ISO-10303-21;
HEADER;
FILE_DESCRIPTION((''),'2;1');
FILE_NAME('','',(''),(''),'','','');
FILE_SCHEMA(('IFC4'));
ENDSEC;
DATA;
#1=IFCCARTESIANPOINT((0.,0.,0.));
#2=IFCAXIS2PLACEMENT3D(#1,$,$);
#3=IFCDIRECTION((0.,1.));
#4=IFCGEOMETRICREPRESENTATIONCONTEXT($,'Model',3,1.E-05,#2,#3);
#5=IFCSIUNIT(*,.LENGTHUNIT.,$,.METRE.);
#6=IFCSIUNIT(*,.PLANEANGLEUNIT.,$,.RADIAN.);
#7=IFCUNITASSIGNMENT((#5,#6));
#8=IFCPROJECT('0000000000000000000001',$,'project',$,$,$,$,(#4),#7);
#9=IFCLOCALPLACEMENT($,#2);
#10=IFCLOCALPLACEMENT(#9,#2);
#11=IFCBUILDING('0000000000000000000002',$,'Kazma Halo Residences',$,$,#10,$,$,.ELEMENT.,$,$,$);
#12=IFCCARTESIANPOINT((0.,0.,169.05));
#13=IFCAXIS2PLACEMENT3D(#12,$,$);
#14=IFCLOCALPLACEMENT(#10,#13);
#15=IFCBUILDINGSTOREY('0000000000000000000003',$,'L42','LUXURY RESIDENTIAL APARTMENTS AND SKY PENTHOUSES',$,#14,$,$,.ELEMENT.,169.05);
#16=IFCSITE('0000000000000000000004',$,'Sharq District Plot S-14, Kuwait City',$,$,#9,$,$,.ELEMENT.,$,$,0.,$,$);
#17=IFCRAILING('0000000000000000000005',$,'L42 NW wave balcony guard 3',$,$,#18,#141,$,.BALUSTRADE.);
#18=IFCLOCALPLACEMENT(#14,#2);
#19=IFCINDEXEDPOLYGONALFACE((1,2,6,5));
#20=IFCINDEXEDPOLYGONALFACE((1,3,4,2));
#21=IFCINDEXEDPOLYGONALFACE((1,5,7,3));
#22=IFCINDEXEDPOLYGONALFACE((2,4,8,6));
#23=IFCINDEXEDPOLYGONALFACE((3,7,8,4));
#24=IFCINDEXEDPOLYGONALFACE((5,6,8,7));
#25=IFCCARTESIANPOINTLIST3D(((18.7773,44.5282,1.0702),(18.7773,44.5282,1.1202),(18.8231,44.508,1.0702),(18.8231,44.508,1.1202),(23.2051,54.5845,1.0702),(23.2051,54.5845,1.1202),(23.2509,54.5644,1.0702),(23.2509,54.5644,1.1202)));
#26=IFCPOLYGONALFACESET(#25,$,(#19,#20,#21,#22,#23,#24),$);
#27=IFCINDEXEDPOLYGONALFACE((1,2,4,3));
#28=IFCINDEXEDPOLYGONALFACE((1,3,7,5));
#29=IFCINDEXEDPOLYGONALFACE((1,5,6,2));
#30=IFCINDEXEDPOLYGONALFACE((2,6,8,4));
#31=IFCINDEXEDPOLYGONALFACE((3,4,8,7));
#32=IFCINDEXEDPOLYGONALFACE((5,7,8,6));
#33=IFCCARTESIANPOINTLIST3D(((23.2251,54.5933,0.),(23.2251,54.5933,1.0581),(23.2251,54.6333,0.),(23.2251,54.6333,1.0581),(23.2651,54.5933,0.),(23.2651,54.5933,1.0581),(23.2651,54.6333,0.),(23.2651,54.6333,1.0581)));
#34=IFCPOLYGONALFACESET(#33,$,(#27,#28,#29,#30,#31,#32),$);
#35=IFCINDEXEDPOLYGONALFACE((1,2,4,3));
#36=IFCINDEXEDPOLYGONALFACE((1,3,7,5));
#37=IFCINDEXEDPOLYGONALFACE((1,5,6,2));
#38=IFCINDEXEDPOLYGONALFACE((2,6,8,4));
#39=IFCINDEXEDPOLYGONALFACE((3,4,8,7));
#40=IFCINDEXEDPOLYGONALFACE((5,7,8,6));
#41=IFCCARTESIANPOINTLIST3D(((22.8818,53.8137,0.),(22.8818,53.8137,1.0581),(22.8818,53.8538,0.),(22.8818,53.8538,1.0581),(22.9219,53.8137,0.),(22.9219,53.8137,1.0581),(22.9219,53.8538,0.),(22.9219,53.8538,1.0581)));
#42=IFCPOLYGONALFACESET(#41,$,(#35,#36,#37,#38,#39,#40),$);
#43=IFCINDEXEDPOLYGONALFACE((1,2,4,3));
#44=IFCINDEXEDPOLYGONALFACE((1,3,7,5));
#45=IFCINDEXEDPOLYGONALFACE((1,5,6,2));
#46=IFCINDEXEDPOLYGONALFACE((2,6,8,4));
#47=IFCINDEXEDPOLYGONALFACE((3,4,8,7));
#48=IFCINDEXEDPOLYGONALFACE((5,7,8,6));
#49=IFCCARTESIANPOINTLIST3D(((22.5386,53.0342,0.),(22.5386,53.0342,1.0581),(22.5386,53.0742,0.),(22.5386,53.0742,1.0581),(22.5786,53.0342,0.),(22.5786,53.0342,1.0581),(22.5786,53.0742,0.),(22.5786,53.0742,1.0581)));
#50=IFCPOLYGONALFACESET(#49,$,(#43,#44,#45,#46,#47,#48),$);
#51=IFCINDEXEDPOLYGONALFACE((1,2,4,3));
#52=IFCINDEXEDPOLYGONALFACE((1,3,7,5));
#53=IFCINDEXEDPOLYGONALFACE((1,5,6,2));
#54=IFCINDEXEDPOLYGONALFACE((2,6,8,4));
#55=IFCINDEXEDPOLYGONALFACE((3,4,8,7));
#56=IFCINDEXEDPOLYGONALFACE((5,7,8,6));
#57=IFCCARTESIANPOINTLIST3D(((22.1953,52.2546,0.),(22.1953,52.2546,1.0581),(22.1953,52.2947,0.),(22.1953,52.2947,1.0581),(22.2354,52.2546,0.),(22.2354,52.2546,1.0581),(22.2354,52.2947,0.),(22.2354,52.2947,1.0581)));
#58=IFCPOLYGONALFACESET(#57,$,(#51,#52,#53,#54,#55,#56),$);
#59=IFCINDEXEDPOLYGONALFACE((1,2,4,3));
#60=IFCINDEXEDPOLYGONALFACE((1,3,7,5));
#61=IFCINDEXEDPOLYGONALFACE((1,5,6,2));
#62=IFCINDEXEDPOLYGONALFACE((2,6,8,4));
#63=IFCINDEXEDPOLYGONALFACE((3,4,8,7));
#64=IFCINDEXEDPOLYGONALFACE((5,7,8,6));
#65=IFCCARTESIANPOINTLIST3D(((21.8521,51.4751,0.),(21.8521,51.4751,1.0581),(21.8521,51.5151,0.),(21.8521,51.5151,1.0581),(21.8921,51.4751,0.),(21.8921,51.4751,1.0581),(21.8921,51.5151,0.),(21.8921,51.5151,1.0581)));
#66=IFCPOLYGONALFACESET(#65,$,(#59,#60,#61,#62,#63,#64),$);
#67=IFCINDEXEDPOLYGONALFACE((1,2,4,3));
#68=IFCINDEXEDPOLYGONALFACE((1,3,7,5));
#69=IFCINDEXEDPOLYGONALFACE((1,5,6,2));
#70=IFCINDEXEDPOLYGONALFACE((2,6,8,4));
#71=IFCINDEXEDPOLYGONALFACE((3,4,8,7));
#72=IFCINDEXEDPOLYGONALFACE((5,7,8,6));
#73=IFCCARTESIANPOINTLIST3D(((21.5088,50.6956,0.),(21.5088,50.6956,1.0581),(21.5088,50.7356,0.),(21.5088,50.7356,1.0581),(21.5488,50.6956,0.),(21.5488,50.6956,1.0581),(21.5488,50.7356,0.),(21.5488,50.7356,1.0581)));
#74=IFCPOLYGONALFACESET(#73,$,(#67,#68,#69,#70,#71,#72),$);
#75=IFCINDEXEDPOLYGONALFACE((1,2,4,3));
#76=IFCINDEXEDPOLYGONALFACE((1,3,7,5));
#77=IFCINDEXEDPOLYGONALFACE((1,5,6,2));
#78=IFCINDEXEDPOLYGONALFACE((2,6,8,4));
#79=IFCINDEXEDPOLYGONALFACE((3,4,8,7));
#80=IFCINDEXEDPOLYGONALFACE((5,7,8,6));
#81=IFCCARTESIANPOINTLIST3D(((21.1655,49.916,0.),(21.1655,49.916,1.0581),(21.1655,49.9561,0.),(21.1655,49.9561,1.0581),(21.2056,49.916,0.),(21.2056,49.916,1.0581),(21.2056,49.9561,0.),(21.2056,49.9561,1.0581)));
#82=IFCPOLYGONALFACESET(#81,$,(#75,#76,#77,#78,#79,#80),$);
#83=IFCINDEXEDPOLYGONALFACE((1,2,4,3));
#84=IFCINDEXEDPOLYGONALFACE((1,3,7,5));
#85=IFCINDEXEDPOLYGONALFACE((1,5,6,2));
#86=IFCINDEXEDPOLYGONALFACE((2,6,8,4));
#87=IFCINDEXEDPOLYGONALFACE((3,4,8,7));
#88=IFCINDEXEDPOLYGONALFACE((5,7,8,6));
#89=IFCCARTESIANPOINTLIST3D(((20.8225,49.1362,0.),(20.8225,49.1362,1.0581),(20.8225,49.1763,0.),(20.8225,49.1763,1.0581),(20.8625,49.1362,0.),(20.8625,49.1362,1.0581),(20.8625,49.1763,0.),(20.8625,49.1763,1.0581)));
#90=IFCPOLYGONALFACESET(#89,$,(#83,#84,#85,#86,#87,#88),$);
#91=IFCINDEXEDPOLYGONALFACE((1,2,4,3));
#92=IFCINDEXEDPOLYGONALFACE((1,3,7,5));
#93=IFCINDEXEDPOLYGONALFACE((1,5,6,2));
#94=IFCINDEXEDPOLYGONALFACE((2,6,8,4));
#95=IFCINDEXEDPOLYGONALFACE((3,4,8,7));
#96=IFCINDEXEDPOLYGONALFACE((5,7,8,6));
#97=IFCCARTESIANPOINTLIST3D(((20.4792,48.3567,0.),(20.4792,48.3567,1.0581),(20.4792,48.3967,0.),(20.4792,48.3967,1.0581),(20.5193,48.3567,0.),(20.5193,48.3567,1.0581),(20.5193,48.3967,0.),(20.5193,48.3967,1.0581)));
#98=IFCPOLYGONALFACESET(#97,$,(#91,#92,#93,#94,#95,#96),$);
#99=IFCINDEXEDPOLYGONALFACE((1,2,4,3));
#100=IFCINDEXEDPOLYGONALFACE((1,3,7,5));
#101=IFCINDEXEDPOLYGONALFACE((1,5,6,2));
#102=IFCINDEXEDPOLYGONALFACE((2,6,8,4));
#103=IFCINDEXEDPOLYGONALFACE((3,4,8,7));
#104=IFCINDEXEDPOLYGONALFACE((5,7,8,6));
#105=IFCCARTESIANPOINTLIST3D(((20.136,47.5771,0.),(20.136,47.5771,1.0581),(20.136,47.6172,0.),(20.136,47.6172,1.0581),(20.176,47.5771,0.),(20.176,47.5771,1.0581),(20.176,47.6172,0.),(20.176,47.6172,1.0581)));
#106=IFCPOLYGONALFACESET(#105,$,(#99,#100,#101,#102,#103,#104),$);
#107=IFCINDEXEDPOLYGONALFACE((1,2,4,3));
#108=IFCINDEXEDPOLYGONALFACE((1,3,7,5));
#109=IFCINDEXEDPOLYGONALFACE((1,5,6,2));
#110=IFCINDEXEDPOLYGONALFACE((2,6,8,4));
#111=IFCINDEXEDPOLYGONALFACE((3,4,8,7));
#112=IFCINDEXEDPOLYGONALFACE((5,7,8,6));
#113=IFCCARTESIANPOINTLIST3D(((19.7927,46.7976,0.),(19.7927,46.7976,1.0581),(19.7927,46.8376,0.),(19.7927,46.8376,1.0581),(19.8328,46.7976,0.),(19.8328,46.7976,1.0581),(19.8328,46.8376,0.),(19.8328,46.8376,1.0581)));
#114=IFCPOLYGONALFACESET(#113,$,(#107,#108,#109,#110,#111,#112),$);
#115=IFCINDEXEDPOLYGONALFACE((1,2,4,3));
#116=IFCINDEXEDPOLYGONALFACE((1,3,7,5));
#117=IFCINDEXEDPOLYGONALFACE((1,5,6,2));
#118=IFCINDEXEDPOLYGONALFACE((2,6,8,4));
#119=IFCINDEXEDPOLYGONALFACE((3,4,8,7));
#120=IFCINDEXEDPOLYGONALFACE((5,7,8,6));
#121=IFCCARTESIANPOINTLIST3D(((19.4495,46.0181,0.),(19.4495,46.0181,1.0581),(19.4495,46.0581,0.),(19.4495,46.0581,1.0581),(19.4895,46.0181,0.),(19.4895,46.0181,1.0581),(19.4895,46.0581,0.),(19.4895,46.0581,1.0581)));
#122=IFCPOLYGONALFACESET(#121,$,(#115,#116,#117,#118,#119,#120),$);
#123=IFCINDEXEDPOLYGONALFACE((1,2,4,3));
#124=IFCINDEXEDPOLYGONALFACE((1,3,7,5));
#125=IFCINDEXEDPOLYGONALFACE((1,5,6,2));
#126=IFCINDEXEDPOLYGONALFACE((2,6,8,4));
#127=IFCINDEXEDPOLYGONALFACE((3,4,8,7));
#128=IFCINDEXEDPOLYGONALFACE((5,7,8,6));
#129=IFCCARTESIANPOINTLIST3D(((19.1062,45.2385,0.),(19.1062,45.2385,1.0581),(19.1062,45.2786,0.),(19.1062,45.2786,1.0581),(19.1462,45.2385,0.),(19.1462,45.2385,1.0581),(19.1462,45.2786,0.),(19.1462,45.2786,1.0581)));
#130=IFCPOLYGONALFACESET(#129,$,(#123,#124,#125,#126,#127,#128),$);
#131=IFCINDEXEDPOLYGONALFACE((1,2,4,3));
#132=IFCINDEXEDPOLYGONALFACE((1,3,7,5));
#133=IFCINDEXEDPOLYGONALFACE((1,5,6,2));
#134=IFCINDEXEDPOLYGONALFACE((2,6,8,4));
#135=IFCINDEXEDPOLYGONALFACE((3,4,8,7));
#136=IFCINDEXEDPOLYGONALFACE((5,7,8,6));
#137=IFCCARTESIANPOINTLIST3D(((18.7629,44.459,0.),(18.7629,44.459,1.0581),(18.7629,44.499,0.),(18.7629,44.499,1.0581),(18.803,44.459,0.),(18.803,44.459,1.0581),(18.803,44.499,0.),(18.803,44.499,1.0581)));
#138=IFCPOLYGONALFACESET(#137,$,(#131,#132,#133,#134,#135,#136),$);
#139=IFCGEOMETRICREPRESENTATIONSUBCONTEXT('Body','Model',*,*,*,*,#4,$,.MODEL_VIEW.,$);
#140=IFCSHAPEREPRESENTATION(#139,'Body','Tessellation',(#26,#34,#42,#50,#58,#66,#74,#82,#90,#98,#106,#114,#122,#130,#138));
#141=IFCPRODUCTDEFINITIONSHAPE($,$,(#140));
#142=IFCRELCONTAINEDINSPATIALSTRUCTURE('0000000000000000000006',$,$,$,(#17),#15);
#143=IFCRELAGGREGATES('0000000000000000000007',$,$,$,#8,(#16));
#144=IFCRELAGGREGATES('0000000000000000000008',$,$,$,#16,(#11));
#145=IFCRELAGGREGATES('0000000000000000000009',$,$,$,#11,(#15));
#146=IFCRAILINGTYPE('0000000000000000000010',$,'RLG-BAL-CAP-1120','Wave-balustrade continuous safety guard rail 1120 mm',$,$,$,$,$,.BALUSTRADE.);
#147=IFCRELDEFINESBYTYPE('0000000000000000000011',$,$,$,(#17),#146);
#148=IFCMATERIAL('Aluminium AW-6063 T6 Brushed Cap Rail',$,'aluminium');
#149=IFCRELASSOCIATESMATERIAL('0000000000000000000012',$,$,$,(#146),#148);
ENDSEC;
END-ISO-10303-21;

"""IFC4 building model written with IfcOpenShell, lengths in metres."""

from ifc_helpers import new_model, si_unit, direction, frame, origin, origin_2d, place, context, subcontext, project, spatial, rectangle, extrude, material, type_object, element, save


model = new_model("IFC4")

# Units and contexts
model_context = context("Model", 3, precision=1e-05, world=origin(), true_north=direction((0.0, 1.0)))
body_context = subcontext(model_context, "Body", "Model", "MODEL_VIEW")
ifc_project = project(units=[si_unit("LENGTHUNIT", "METRE"), si_unit("PLANEANGLEUNIT", "RADIAN")], contexts=[model_context])

# Site, building, storey
site_placement = place(None, origin())
site = spatial("IfcSite", under=ifc_project, at=site_placement, Name="Sharq District Plot S-14, Kuwait City", CompositionType="ELEMENT", RefElevation=0.0)
building_placement = place(site_placement, origin())
building = spatial("IfcBuilding", under=site, at=building_placement, Name="Kazma Halo Residences", CompositionType="ELEMENT")
storey_placement = place(building_placement, frame((0.0, 0.0, 169.05)))
storey = spatial("IfcBuildingStorey", under=building, at=storey_placement, Name="L42", Description="LUXURY RESIDENTIAL APARTMENTS AND SKY PENTHOUSES", CompositionType="ELEMENT", Elevation=169.05)

# Railing
ifc_material_1 = material(Name="Aluminium AW-6063 T6 Brushed Cap Rail", Category="aluminium")
railing_type = type_object("IfcRailingType", Name="RLG-BAL-CAP-1120", Description="Wave-balustrade continuous safety guard rail 1120 mm", PredefinedType="BALUSTRADE", material=ifc_material_1)
railing_1_placement = place(storey_placement, frame((23.2451, 54.6133, 0.0)))
element("IfcRailing", 1, at=railing_1_placement, inside=storey, type_object=railing_type, Name="L42 NW wave balcony guard 3", PredefinedType="BALUSTRADE", context=body_context, shape_type="SweptSolid", body=[
    extrude(rectangle(XDim=0.05, YDim=0.05, at=origin_2d()), frame((-0.0171, -0.0388, 1.0952), z_axis=(-0.402971, -0.915213, 0.0), x_axis=(0.915213, -0.402971, 0.0)), (0.0, 0.0, 1.0), 10.988),
    extrude(rectangle(XDim=0.04, YDim=0.04, at=origin_2d()), origin(), (0.0, 0.0, 1.0), 1.0581),
    extrude(rectangle(XDim=0.04, YDim=0.04, at=origin_2d()), frame((-0.3433, -0.7795, 0.0)), (0.0, 0.0, 1.0), 1.0581),
    extrude(rectangle(XDim=0.04, YDim=0.04, at=origin_2d()), frame((-0.6865, -1.5591, 0.0)), (0.0, 0.0, 1.0), 1.0581),
    extrude(rectangle(XDim=0.04, YDim=0.04, at=origin_2d()), frame((-1.0298, -2.3386, 0.0)), (0.0, 0.0, 1.0), 1.0581),
    extrude(rectangle(XDim=0.04, YDim=0.04, at=origin_2d()), frame((-1.373, -3.1182, 0.0)), (0.0, 0.0, 1.0), 1.0581),
    extrude(rectangle(XDim=0.04, YDim=0.04, at=origin_2d()), frame((-1.7163, -3.8977, 0.0)), (0.0, 0.0, 1.0), 1.0581),
    extrude(rectangle(XDim=0.04, YDim=0.04, at=origin_2d()), frame((-2.0596, -4.6772, 0.0)), (0.0, 0.0, 1.0), 1.0581),
    extrude(rectangle(XDim=0.04, YDim=0.04, at=origin_2d()), frame((-2.4026, -5.457, 0.0)), (0.0, 0.0, 1.0), 1.0581),
    extrude(rectangle(XDim=0.04, YDim=0.04, at=origin_2d()), frame((-2.7458, -6.2366, 0.0)), (0.0, 0.0, 1.0), 1.0581),
    extrude(rectangle(XDim=0.04, YDim=0.04, at=origin_2d()), frame((-3.0891, -7.0161, 0.0)), (0.0, 0.0, 1.0), 1.0581),
    extrude(rectangle(XDim=0.04, YDim=0.04, at=origin_2d()), frame((-3.4324, -7.7957, 0.0)), (0.0, 0.0, 1.0), 1.0581),
    extrude(rectangle(XDim=0.04, YDim=0.04, at=origin_2d()), frame((-3.7756, -8.5752, 0.0)), (0.0, 0.0, 1.0), 1.0581),
    extrude(rectangle(XDim=0.04, YDim=0.04, at=origin_2d()), frame((-4.1189, -9.3547, 0.0)), (0.0, 0.0, 1.0), 1.0581),
    extrude(rectangle(XDim=0.04, YDim=0.04, at=origin_2d()), frame((-4.4622, -10.1343, 0.0)), (0.0, 0.0, 1.0), 1.0581),
])

save(model, "model.ifc")
